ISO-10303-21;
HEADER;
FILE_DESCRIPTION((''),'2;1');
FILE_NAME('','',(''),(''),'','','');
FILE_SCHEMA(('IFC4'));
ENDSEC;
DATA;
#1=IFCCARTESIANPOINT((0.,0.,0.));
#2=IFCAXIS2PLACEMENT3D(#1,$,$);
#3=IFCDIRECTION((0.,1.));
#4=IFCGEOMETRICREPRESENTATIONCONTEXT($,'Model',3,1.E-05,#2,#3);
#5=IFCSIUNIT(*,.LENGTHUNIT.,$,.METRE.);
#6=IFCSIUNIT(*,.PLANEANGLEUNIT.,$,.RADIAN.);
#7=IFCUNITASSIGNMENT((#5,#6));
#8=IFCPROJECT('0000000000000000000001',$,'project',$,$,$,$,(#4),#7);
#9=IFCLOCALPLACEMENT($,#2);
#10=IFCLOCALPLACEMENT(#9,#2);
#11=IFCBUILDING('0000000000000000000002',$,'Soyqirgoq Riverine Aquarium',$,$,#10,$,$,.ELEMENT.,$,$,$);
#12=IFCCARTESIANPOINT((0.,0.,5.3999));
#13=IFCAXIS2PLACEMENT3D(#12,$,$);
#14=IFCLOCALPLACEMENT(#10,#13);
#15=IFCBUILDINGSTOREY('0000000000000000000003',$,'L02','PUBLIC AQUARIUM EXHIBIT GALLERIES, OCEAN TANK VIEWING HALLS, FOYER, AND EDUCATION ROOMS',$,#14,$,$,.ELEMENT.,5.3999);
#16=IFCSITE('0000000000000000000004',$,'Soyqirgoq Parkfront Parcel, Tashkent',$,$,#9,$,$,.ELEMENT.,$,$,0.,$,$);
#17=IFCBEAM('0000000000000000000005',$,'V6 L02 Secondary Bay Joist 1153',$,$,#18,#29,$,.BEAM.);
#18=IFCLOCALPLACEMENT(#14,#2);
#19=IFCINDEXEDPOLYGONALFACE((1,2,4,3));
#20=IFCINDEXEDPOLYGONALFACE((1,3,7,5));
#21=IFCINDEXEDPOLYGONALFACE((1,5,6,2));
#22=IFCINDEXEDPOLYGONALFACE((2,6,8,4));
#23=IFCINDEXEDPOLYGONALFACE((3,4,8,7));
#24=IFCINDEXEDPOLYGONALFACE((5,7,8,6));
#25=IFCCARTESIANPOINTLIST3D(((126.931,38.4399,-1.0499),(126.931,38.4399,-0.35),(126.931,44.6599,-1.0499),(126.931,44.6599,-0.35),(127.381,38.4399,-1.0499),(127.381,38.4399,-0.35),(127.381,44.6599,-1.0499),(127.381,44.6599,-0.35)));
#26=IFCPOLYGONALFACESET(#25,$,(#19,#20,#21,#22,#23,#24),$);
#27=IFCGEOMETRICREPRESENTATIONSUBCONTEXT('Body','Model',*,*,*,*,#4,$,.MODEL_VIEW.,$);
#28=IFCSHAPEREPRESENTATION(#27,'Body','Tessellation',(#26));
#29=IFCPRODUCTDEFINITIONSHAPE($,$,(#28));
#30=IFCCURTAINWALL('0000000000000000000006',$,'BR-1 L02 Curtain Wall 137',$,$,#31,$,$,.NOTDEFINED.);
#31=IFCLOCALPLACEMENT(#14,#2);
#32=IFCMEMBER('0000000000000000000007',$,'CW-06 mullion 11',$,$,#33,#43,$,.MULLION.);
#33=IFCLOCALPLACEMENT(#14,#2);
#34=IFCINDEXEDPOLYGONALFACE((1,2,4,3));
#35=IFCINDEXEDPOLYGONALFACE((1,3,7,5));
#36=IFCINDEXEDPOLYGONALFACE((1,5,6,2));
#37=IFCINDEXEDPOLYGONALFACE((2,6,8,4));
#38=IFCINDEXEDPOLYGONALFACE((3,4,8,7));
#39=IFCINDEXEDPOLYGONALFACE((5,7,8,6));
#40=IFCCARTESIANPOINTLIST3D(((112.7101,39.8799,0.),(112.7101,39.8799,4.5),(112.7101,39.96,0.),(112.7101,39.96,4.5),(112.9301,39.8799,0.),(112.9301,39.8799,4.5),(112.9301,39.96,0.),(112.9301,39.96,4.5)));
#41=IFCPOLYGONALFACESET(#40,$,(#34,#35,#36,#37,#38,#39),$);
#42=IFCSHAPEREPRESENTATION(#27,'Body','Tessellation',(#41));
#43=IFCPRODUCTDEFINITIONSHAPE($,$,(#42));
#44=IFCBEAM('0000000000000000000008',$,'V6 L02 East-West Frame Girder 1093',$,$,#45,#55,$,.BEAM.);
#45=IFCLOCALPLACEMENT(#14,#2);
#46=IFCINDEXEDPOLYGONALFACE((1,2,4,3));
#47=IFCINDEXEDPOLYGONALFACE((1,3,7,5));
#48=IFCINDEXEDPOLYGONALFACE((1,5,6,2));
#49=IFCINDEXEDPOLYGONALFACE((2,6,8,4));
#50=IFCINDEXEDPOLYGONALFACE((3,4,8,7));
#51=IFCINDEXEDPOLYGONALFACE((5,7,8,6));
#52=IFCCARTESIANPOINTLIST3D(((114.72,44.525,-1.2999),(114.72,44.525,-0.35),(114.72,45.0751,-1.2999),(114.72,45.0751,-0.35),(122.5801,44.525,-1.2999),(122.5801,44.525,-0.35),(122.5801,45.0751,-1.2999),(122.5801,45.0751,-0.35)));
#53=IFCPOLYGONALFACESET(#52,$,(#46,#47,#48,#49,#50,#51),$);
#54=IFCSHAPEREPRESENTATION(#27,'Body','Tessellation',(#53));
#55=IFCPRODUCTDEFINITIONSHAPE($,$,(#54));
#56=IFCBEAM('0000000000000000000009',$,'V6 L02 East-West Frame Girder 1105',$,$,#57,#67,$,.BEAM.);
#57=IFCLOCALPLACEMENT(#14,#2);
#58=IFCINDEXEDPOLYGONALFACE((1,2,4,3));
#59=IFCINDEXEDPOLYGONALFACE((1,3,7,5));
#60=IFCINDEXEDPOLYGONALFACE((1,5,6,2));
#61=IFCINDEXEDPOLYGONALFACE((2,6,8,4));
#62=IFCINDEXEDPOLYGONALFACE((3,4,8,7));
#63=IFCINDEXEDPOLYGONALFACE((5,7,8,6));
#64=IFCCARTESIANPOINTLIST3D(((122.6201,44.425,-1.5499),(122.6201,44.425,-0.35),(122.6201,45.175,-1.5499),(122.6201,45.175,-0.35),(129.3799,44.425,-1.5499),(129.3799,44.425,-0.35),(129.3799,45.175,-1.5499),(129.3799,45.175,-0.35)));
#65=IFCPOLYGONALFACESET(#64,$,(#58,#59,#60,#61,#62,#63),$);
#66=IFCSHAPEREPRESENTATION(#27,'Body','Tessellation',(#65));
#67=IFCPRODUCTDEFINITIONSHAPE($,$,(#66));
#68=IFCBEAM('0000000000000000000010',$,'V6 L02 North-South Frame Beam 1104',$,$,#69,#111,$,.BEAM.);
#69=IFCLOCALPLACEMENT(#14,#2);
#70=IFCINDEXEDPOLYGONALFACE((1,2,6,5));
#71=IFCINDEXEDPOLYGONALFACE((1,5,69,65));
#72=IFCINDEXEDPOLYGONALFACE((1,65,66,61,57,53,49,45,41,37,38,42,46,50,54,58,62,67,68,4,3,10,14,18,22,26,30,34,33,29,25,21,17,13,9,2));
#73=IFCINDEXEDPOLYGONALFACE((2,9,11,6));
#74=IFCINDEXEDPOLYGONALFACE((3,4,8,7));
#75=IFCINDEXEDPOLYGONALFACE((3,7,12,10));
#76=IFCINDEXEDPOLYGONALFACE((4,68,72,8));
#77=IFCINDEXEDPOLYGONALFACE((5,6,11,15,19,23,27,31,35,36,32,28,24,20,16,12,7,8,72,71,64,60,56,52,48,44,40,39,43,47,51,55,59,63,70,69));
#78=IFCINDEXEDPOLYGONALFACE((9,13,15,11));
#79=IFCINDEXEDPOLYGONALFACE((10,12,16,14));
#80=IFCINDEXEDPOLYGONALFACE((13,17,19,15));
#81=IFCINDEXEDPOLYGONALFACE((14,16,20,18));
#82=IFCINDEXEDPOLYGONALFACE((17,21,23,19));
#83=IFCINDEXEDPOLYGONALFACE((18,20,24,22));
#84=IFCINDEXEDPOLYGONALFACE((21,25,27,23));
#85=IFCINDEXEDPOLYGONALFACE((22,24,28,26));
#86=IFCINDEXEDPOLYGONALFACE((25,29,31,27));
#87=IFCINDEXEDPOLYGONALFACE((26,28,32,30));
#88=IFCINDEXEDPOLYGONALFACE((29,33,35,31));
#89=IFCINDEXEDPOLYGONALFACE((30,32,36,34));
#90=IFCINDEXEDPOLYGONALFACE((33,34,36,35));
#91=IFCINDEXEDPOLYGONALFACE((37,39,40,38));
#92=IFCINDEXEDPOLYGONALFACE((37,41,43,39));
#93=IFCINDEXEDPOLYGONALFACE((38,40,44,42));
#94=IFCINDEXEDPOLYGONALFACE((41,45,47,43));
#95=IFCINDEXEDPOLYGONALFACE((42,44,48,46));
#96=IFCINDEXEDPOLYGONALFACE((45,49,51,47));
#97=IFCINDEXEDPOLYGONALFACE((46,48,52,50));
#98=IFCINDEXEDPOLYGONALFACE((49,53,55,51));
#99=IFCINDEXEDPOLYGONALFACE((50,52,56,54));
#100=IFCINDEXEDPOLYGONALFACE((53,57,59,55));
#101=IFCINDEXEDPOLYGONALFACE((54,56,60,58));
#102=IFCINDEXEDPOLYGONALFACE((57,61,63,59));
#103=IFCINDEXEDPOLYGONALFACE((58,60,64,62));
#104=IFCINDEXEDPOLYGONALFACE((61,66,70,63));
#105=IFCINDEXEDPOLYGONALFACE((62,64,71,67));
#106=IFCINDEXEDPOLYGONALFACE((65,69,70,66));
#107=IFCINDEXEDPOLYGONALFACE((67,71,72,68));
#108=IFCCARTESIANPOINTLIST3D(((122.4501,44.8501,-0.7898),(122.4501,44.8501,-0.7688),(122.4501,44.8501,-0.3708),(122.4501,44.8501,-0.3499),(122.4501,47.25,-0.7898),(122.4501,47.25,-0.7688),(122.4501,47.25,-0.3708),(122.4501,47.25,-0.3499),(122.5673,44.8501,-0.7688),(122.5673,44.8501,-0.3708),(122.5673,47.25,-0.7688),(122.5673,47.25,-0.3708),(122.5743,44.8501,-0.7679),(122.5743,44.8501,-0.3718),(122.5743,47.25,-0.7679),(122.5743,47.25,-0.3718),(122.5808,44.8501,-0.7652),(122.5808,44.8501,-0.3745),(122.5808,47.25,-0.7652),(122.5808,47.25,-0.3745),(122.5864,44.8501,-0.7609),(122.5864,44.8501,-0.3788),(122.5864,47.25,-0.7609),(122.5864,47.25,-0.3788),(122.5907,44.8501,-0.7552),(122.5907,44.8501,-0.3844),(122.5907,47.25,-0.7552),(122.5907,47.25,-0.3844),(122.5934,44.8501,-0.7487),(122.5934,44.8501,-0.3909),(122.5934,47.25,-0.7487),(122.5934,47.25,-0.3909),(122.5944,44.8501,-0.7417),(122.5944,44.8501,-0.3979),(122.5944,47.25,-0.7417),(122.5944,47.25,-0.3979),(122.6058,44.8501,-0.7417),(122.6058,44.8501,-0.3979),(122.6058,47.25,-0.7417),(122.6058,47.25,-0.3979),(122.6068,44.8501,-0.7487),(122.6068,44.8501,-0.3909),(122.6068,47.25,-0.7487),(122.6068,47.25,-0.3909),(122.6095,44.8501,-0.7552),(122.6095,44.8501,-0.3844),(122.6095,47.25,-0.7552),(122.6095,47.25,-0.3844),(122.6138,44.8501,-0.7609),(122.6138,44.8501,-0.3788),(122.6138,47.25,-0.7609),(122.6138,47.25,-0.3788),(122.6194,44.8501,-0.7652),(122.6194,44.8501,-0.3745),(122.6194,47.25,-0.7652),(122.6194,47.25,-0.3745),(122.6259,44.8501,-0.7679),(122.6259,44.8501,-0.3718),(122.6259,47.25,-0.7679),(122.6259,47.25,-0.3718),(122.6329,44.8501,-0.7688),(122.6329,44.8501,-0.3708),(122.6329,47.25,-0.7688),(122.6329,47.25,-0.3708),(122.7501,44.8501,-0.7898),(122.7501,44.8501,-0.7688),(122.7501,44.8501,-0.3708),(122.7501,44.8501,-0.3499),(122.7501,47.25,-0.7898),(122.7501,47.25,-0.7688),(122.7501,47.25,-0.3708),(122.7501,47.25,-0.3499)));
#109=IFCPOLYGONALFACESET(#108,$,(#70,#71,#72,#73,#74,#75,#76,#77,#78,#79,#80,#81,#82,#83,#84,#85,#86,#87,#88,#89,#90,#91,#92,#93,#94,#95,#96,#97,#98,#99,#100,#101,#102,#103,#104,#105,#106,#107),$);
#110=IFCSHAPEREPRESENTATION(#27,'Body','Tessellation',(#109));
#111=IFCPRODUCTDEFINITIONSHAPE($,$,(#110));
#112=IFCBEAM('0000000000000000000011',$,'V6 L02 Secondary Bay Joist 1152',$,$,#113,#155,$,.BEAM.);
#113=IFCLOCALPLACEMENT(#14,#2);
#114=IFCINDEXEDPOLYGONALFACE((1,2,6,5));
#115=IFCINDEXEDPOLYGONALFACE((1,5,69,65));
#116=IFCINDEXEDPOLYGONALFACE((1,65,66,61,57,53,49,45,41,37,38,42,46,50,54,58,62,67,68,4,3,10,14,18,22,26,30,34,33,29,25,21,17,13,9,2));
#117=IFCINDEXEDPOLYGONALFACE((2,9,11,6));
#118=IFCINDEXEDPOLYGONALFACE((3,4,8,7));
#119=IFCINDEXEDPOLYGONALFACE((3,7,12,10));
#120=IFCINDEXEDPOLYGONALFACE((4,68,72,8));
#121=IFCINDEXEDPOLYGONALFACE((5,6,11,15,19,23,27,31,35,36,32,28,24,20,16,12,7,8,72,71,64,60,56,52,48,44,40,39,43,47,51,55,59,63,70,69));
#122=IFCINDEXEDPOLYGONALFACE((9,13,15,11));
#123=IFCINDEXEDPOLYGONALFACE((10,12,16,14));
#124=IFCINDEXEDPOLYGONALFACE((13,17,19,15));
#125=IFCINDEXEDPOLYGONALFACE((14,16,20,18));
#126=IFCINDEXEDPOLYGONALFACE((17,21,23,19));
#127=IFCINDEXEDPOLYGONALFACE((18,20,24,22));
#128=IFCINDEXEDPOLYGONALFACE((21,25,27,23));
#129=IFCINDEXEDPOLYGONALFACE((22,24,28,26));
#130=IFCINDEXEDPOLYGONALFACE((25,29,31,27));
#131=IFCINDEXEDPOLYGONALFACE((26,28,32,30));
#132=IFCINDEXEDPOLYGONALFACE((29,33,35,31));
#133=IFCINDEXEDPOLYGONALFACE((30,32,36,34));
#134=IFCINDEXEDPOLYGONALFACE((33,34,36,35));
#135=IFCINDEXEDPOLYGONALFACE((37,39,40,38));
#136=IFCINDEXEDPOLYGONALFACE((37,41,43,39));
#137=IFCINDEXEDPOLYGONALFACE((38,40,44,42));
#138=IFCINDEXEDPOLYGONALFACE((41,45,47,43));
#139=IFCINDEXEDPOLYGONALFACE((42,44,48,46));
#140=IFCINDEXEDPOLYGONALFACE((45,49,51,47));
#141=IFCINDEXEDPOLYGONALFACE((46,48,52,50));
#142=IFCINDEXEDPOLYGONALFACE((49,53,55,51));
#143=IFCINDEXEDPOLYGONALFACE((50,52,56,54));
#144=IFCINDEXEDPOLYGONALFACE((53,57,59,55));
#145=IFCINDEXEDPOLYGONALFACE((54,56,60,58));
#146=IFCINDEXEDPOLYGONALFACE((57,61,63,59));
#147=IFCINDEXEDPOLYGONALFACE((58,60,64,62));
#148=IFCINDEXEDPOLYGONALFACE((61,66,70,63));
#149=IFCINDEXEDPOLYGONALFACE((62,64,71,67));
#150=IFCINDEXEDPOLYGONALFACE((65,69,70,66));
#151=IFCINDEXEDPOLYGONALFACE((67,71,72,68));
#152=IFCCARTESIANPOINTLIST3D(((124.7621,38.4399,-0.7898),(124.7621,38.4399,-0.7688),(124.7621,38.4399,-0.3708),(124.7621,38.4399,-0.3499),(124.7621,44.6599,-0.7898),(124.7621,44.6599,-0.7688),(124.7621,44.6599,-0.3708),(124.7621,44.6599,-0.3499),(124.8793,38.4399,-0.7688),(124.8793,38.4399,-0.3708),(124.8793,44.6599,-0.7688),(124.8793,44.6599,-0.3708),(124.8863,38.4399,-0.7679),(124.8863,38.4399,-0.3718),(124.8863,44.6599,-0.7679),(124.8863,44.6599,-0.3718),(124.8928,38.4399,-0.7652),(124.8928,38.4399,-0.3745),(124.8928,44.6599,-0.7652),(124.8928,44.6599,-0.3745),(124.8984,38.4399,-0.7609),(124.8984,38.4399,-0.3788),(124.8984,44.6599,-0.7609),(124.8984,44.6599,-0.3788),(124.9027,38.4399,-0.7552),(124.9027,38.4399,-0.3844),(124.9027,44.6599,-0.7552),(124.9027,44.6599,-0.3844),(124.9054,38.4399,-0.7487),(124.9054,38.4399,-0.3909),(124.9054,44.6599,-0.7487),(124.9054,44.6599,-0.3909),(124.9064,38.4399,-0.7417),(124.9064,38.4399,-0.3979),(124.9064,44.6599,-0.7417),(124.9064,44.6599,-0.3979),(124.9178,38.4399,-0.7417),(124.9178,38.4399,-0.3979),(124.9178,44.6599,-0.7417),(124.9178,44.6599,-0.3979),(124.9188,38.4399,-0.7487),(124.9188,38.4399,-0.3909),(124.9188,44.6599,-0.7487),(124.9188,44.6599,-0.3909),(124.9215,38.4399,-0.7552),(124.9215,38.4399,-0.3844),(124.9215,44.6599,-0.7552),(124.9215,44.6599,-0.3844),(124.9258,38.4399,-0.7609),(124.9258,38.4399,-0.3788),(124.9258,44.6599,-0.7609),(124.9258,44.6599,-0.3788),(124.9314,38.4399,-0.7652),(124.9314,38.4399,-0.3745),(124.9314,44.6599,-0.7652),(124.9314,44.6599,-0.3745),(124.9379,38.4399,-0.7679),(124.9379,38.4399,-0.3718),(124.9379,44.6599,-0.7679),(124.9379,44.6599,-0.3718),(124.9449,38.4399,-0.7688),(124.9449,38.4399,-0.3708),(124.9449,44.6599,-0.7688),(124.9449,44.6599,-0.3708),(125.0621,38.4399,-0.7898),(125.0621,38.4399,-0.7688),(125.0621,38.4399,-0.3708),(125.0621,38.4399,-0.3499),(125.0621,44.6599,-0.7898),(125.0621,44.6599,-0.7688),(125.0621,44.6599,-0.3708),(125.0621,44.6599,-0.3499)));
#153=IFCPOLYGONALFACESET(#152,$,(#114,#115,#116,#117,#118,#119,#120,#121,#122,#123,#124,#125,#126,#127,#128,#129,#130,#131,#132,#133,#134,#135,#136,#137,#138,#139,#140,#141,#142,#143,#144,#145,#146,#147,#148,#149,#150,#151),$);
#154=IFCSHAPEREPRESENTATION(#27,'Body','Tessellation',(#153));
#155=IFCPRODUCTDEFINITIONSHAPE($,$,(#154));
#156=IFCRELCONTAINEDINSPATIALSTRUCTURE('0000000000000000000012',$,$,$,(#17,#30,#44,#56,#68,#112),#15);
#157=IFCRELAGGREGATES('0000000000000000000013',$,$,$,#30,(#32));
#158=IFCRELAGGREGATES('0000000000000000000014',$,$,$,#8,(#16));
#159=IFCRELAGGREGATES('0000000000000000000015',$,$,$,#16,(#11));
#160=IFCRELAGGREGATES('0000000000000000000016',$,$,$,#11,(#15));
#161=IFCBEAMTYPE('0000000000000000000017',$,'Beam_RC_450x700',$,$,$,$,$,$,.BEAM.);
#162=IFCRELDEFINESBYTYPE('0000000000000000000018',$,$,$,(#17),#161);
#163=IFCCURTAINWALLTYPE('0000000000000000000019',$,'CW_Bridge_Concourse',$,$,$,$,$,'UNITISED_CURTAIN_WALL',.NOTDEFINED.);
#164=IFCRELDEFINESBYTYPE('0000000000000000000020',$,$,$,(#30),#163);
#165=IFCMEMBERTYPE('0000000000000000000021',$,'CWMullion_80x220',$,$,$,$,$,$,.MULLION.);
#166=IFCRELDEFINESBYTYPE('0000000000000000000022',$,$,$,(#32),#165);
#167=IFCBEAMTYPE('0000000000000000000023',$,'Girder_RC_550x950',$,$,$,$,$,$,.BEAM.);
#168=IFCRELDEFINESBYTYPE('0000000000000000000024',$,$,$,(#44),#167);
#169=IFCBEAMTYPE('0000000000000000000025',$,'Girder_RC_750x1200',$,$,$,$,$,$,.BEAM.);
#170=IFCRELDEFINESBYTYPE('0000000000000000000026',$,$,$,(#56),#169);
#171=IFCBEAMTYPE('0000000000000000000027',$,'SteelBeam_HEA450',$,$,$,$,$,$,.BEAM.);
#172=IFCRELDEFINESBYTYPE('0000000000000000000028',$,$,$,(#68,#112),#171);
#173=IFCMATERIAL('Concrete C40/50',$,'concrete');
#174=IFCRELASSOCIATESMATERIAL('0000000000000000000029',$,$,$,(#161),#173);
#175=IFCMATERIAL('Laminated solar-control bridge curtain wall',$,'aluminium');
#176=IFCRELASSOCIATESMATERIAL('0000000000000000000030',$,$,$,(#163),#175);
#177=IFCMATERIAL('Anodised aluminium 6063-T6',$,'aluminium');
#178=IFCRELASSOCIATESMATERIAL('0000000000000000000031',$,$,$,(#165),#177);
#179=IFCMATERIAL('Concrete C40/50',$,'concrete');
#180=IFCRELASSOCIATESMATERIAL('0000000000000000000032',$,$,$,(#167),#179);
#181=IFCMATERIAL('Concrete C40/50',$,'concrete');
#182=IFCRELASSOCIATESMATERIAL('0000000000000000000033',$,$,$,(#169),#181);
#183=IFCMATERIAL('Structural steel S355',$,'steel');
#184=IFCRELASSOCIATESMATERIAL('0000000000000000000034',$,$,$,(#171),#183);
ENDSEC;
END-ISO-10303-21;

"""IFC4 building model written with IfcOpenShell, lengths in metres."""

from ifc_helpers import new_model, si_unit, direction, frame, origin, origin_2d, place, context, subcontext, project, spatial, rectangle, i_section, extrude, material, material_profile, profile_set, type_object, element, aggregate, save


model = new_model("IFC4")

# Units and contexts
model_context = context("Model", 3, precision=1e-05, world=origin(), true_north=direction((0.0, 1.0)))
body_context = subcontext(model_context, "Body", "Model", "MODEL_VIEW")
ifc_project = project(units=[si_unit("LENGTHUNIT", "METRE"), si_unit("PLANEANGLEUNIT", "RADIAN")], contexts=[model_context])

# Site, building, storey
site_placement = place(None, origin())
site = spatial("IfcSite", under=ifc_project, at=site_placement, Name="Soyqirgoq Parkfront Parcel, Tashkent", CompositionType="ELEMENT", RefElevation=0.0)
building_placement = place(site_placement, origin())
building = spatial("IfcBuilding", under=site, at=building_placement, Name="Soyqirgoq Riverine Aquarium", CompositionType="ELEMENT")
storey_placement = place(building_placement, frame((0.0, 0.0, 5.3999)))
storey = spatial("IfcBuildingStorey", under=building, at=storey_placement, Name="L02", Description="PUBLIC AQUARIUM EXHIBIT GALLERIES, OCEAN TANK VIEWING HALLS, FOYER, AND EDUCATION ROOMS", CompositionType="ELEMENT", Elevation=5.3999)

# Beam
ifc_material_1 = material(Name="Concrete C40/50", Category="concrete")
ifc_material_profile_1 = material_profile(ifc_material_1, rectangle(XDim=0.45, YDim=0.7, at=origin_2d()), Name="RC 450x700")
ifc_profile_set_1 = profile_set([ifc_material_profile_1], Name="Concrete C40/50")
beam_type_1 = type_object("IfcBeamType", Name="Beam_RC_450x700", PredefinedType="BEAM", material=ifc_profile_set_1)
beam_1_placement = place(storey_placement, frame((127.156, 38.4399, -0.7), z_axis=(0.0, 1.0, 0.0), x_axis=(-1.0, 0.0, 0.0)))
element("IfcBeam", 1, at=beam_1_placement, inside=storey, type_object=beam_type_1, Name="V6 L02 Secondary Bay Joist 1153", PredefinedType="BEAM", context=body_context, shape_type="SweptSolid", body=[
    extrude(rectangle(XDim=0.45, YDim=0.7, at=origin_2d()), origin(), (0.0, 0.0, 1.0), 6.22),
])

# Curtain wall, member
ifc_material_2 = material(Name="Laminated solar-control bridge curtain wall", Category="aluminium")
curtain_wall_type = type_object("IfcCurtainWallType", Name="CW_Bridge_Concourse", ElementType="UNITISED_CURTAIN_WALL", PredefinedType="NOTDEFINED", material=ifc_material_2)
curtain_wall_placement = place(storey_placement, origin())
curtain_wall = element("IfcCurtainWall", 2, at=curtain_wall_placement, inside=storey, type_object=curtain_wall_type, Name="BR-1 L02 Curtain Wall 137", PredefinedType="NOTDEFINED")
ifc_material_3 = material(Name="Anodised aluminium 6063-T6", Category="aluminium")
ifc_material_profile_2 = material_profile(ifc_material_3, rectangle(XDim=0.0801, YDim=0.22, at=origin_2d()), Name="ALU-M 80x220")
ifc_profile_set_2 = profile_set([ifc_material_profile_2], Name="Anodised aluminium 6063-T6")
member_type = type_object("IfcMemberType", Name="CWMullion_80x220", PredefinedType="MULLION", material=ifc_profile_set_2)
member_placement = place(storey_placement, frame((112.8201, 39.9199, 0.0), z_axis=(0.0, 0.0, 1.0), x_axis=(0.0, 1.0, 0.0)))
member = element("IfcMember", 3, at=member_placement, type_object=member_type, Name="CW-06 mullion 11", PredefinedType="MULLION", context=body_context, shape_type="SweptSolid", body=[
    extrude(rectangle(XDim=0.0801, YDim=0.22, at=origin_2d()), origin(), (0.0, 0.0, 1.0), 4.5),
])

# Beams
ifc_material_4 = material(Name="Concrete C40/50", Category="concrete")
ifc_material_profile_3 = material_profile(ifc_material_4, rectangle(XDim=0.55, YDim=0.95, at=origin_2d()), Name="RC 550x950")
ifc_profile_set_3 = profile_set([ifc_material_profile_3], Name="Concrete C40/50")
beam_type_2 = type_object("IfcBeamType", Name="Girder_RC_550x950", PredefinedType="BEAM", material=ifc_profile_set_3)
beam_2_placement = place(storey_placement, frame((114.72, 44.8, -0.825), z_axis=(1.0, 0.0, 0.0), x_axis=(0.0, 1.0, 0.0)))
element("IfcBeam", 4, at=beam_2_placement, inside=storey, type_object=beam_type_2, Name="V6 L02 East-West Frame Girder 1093", PredefinedType="BEAM", context=body_context, shape_type="SweptSolid", body=[
    extrude(rectangle(XDim=0.55, YDim=0.95, at=origin_2d()), origin(), (0.0, 0.0, 1.0), 7.8601),
])
ifc_material_5 = material(Name="Concrete C40/50", Category="concrete")
ifc_material_profile_4 = material_profile(ifc_material_5, rectangle(XDim=0.75, YDim=1.2, at=origin_2d()), Name="RC 750x1200")
ifc_profile_set_4 = profile_set([ifc_material_profile_4], Name="Concrete C40/50")
beam_type_3 = type_object("IfcBeamType", Name="Girder_RC_750x1200", PredefinedType="BEAM", material=ifc_profile_set_4)
beam_3_placement = place(storey_placement, frame((122.6201, 44.8, -0.95), z_axis=(1.0, 0.0, 0.0), x_axis=(0.0, 1.0, 0.0)))
element("IfcBeam", 5, at=beam_3_placement, inside=storey, type_object=beam_type_3, Name="V6 L02 East-West Frame Girder 1105", PredefinedType="BEAM", context=body_context, shape_type="SweptSolid", body=[
    extrude(rectangle(XDim=0.75, YDim=1.2, at=origin_2d()), origin(), (0.0, 0.0, 1.0), 6.7598),
])
ifc_material_6 = material(Name="Structural steel S355", Category="steel")
ifc_material_profile_5 = material_profile(ifc_material_6, i_section(OverallWidth=0.3, OverallDepth=0.4399, WebThickness=0.0115, FlangeThickness=0.021, FilletRadius=0.0271, at=origin_2d()), Name="HEA 450")
ifc_profile_set_5 = profile_set([ifc_material_profile_5], Name="Structural steel S355")
beam_type_4 = type_object("IfcBeamType", Name="SteelBeam_HEA450", PredefinedType="BEAM", material=ifc_profile_set_5)
beam_4_placement = place(storey_placement, frame((122.6001, 44.8501, -0.5698), z_axis=(0.0, 1.0, 0.0), x_axis=(-1.0, 0.0, 0.0)))
element("IfcBeam", 6, at=beam_4_placement, inside=storey, type_object=beam_type_4, Name="V6 L02 North-South Frame Beam 1104", PredefinedType="BEAM", context=body_context, shape_type="SweptSolid", body=[
    extrude(i_section(OverallWidth=0.3, OverallDepth=0.4399, WebThickness=0.0115, FlangeThickness=0.021, FilletRadius=0.0271, at=origin_2d()), origin(), (0.0, 0.0, 1.0), 2.3999),
])
beam_5_placement = place(storey_placement, frame((124.9121, 38.4399, -0.5698), z_axis=(0.0, 1.0, 0.0), x_axis=(-1.0, 0.0, 0.0)))
element("IfcBeam", 7, at=beam_5_placement, inside=storey, type_object=beam_type_4, Name="V6 L02 Secondary Bay Joist 1152", PredefinedType="BEAM", context=body_context, shape_type="SweptSolid", body=[
    extrude(i_section(OverallWidth=0.3, OverallDepth=0.4399, WebThickness=0.0115, FlangeThickness=0.021, FilletRadius=0.0271, at=origin_2d()), origin(), (0.0, 0.0, 1.0), 6.22),
])

aggregate(curtain_wall, [member])

save(model, "model.ifc")
